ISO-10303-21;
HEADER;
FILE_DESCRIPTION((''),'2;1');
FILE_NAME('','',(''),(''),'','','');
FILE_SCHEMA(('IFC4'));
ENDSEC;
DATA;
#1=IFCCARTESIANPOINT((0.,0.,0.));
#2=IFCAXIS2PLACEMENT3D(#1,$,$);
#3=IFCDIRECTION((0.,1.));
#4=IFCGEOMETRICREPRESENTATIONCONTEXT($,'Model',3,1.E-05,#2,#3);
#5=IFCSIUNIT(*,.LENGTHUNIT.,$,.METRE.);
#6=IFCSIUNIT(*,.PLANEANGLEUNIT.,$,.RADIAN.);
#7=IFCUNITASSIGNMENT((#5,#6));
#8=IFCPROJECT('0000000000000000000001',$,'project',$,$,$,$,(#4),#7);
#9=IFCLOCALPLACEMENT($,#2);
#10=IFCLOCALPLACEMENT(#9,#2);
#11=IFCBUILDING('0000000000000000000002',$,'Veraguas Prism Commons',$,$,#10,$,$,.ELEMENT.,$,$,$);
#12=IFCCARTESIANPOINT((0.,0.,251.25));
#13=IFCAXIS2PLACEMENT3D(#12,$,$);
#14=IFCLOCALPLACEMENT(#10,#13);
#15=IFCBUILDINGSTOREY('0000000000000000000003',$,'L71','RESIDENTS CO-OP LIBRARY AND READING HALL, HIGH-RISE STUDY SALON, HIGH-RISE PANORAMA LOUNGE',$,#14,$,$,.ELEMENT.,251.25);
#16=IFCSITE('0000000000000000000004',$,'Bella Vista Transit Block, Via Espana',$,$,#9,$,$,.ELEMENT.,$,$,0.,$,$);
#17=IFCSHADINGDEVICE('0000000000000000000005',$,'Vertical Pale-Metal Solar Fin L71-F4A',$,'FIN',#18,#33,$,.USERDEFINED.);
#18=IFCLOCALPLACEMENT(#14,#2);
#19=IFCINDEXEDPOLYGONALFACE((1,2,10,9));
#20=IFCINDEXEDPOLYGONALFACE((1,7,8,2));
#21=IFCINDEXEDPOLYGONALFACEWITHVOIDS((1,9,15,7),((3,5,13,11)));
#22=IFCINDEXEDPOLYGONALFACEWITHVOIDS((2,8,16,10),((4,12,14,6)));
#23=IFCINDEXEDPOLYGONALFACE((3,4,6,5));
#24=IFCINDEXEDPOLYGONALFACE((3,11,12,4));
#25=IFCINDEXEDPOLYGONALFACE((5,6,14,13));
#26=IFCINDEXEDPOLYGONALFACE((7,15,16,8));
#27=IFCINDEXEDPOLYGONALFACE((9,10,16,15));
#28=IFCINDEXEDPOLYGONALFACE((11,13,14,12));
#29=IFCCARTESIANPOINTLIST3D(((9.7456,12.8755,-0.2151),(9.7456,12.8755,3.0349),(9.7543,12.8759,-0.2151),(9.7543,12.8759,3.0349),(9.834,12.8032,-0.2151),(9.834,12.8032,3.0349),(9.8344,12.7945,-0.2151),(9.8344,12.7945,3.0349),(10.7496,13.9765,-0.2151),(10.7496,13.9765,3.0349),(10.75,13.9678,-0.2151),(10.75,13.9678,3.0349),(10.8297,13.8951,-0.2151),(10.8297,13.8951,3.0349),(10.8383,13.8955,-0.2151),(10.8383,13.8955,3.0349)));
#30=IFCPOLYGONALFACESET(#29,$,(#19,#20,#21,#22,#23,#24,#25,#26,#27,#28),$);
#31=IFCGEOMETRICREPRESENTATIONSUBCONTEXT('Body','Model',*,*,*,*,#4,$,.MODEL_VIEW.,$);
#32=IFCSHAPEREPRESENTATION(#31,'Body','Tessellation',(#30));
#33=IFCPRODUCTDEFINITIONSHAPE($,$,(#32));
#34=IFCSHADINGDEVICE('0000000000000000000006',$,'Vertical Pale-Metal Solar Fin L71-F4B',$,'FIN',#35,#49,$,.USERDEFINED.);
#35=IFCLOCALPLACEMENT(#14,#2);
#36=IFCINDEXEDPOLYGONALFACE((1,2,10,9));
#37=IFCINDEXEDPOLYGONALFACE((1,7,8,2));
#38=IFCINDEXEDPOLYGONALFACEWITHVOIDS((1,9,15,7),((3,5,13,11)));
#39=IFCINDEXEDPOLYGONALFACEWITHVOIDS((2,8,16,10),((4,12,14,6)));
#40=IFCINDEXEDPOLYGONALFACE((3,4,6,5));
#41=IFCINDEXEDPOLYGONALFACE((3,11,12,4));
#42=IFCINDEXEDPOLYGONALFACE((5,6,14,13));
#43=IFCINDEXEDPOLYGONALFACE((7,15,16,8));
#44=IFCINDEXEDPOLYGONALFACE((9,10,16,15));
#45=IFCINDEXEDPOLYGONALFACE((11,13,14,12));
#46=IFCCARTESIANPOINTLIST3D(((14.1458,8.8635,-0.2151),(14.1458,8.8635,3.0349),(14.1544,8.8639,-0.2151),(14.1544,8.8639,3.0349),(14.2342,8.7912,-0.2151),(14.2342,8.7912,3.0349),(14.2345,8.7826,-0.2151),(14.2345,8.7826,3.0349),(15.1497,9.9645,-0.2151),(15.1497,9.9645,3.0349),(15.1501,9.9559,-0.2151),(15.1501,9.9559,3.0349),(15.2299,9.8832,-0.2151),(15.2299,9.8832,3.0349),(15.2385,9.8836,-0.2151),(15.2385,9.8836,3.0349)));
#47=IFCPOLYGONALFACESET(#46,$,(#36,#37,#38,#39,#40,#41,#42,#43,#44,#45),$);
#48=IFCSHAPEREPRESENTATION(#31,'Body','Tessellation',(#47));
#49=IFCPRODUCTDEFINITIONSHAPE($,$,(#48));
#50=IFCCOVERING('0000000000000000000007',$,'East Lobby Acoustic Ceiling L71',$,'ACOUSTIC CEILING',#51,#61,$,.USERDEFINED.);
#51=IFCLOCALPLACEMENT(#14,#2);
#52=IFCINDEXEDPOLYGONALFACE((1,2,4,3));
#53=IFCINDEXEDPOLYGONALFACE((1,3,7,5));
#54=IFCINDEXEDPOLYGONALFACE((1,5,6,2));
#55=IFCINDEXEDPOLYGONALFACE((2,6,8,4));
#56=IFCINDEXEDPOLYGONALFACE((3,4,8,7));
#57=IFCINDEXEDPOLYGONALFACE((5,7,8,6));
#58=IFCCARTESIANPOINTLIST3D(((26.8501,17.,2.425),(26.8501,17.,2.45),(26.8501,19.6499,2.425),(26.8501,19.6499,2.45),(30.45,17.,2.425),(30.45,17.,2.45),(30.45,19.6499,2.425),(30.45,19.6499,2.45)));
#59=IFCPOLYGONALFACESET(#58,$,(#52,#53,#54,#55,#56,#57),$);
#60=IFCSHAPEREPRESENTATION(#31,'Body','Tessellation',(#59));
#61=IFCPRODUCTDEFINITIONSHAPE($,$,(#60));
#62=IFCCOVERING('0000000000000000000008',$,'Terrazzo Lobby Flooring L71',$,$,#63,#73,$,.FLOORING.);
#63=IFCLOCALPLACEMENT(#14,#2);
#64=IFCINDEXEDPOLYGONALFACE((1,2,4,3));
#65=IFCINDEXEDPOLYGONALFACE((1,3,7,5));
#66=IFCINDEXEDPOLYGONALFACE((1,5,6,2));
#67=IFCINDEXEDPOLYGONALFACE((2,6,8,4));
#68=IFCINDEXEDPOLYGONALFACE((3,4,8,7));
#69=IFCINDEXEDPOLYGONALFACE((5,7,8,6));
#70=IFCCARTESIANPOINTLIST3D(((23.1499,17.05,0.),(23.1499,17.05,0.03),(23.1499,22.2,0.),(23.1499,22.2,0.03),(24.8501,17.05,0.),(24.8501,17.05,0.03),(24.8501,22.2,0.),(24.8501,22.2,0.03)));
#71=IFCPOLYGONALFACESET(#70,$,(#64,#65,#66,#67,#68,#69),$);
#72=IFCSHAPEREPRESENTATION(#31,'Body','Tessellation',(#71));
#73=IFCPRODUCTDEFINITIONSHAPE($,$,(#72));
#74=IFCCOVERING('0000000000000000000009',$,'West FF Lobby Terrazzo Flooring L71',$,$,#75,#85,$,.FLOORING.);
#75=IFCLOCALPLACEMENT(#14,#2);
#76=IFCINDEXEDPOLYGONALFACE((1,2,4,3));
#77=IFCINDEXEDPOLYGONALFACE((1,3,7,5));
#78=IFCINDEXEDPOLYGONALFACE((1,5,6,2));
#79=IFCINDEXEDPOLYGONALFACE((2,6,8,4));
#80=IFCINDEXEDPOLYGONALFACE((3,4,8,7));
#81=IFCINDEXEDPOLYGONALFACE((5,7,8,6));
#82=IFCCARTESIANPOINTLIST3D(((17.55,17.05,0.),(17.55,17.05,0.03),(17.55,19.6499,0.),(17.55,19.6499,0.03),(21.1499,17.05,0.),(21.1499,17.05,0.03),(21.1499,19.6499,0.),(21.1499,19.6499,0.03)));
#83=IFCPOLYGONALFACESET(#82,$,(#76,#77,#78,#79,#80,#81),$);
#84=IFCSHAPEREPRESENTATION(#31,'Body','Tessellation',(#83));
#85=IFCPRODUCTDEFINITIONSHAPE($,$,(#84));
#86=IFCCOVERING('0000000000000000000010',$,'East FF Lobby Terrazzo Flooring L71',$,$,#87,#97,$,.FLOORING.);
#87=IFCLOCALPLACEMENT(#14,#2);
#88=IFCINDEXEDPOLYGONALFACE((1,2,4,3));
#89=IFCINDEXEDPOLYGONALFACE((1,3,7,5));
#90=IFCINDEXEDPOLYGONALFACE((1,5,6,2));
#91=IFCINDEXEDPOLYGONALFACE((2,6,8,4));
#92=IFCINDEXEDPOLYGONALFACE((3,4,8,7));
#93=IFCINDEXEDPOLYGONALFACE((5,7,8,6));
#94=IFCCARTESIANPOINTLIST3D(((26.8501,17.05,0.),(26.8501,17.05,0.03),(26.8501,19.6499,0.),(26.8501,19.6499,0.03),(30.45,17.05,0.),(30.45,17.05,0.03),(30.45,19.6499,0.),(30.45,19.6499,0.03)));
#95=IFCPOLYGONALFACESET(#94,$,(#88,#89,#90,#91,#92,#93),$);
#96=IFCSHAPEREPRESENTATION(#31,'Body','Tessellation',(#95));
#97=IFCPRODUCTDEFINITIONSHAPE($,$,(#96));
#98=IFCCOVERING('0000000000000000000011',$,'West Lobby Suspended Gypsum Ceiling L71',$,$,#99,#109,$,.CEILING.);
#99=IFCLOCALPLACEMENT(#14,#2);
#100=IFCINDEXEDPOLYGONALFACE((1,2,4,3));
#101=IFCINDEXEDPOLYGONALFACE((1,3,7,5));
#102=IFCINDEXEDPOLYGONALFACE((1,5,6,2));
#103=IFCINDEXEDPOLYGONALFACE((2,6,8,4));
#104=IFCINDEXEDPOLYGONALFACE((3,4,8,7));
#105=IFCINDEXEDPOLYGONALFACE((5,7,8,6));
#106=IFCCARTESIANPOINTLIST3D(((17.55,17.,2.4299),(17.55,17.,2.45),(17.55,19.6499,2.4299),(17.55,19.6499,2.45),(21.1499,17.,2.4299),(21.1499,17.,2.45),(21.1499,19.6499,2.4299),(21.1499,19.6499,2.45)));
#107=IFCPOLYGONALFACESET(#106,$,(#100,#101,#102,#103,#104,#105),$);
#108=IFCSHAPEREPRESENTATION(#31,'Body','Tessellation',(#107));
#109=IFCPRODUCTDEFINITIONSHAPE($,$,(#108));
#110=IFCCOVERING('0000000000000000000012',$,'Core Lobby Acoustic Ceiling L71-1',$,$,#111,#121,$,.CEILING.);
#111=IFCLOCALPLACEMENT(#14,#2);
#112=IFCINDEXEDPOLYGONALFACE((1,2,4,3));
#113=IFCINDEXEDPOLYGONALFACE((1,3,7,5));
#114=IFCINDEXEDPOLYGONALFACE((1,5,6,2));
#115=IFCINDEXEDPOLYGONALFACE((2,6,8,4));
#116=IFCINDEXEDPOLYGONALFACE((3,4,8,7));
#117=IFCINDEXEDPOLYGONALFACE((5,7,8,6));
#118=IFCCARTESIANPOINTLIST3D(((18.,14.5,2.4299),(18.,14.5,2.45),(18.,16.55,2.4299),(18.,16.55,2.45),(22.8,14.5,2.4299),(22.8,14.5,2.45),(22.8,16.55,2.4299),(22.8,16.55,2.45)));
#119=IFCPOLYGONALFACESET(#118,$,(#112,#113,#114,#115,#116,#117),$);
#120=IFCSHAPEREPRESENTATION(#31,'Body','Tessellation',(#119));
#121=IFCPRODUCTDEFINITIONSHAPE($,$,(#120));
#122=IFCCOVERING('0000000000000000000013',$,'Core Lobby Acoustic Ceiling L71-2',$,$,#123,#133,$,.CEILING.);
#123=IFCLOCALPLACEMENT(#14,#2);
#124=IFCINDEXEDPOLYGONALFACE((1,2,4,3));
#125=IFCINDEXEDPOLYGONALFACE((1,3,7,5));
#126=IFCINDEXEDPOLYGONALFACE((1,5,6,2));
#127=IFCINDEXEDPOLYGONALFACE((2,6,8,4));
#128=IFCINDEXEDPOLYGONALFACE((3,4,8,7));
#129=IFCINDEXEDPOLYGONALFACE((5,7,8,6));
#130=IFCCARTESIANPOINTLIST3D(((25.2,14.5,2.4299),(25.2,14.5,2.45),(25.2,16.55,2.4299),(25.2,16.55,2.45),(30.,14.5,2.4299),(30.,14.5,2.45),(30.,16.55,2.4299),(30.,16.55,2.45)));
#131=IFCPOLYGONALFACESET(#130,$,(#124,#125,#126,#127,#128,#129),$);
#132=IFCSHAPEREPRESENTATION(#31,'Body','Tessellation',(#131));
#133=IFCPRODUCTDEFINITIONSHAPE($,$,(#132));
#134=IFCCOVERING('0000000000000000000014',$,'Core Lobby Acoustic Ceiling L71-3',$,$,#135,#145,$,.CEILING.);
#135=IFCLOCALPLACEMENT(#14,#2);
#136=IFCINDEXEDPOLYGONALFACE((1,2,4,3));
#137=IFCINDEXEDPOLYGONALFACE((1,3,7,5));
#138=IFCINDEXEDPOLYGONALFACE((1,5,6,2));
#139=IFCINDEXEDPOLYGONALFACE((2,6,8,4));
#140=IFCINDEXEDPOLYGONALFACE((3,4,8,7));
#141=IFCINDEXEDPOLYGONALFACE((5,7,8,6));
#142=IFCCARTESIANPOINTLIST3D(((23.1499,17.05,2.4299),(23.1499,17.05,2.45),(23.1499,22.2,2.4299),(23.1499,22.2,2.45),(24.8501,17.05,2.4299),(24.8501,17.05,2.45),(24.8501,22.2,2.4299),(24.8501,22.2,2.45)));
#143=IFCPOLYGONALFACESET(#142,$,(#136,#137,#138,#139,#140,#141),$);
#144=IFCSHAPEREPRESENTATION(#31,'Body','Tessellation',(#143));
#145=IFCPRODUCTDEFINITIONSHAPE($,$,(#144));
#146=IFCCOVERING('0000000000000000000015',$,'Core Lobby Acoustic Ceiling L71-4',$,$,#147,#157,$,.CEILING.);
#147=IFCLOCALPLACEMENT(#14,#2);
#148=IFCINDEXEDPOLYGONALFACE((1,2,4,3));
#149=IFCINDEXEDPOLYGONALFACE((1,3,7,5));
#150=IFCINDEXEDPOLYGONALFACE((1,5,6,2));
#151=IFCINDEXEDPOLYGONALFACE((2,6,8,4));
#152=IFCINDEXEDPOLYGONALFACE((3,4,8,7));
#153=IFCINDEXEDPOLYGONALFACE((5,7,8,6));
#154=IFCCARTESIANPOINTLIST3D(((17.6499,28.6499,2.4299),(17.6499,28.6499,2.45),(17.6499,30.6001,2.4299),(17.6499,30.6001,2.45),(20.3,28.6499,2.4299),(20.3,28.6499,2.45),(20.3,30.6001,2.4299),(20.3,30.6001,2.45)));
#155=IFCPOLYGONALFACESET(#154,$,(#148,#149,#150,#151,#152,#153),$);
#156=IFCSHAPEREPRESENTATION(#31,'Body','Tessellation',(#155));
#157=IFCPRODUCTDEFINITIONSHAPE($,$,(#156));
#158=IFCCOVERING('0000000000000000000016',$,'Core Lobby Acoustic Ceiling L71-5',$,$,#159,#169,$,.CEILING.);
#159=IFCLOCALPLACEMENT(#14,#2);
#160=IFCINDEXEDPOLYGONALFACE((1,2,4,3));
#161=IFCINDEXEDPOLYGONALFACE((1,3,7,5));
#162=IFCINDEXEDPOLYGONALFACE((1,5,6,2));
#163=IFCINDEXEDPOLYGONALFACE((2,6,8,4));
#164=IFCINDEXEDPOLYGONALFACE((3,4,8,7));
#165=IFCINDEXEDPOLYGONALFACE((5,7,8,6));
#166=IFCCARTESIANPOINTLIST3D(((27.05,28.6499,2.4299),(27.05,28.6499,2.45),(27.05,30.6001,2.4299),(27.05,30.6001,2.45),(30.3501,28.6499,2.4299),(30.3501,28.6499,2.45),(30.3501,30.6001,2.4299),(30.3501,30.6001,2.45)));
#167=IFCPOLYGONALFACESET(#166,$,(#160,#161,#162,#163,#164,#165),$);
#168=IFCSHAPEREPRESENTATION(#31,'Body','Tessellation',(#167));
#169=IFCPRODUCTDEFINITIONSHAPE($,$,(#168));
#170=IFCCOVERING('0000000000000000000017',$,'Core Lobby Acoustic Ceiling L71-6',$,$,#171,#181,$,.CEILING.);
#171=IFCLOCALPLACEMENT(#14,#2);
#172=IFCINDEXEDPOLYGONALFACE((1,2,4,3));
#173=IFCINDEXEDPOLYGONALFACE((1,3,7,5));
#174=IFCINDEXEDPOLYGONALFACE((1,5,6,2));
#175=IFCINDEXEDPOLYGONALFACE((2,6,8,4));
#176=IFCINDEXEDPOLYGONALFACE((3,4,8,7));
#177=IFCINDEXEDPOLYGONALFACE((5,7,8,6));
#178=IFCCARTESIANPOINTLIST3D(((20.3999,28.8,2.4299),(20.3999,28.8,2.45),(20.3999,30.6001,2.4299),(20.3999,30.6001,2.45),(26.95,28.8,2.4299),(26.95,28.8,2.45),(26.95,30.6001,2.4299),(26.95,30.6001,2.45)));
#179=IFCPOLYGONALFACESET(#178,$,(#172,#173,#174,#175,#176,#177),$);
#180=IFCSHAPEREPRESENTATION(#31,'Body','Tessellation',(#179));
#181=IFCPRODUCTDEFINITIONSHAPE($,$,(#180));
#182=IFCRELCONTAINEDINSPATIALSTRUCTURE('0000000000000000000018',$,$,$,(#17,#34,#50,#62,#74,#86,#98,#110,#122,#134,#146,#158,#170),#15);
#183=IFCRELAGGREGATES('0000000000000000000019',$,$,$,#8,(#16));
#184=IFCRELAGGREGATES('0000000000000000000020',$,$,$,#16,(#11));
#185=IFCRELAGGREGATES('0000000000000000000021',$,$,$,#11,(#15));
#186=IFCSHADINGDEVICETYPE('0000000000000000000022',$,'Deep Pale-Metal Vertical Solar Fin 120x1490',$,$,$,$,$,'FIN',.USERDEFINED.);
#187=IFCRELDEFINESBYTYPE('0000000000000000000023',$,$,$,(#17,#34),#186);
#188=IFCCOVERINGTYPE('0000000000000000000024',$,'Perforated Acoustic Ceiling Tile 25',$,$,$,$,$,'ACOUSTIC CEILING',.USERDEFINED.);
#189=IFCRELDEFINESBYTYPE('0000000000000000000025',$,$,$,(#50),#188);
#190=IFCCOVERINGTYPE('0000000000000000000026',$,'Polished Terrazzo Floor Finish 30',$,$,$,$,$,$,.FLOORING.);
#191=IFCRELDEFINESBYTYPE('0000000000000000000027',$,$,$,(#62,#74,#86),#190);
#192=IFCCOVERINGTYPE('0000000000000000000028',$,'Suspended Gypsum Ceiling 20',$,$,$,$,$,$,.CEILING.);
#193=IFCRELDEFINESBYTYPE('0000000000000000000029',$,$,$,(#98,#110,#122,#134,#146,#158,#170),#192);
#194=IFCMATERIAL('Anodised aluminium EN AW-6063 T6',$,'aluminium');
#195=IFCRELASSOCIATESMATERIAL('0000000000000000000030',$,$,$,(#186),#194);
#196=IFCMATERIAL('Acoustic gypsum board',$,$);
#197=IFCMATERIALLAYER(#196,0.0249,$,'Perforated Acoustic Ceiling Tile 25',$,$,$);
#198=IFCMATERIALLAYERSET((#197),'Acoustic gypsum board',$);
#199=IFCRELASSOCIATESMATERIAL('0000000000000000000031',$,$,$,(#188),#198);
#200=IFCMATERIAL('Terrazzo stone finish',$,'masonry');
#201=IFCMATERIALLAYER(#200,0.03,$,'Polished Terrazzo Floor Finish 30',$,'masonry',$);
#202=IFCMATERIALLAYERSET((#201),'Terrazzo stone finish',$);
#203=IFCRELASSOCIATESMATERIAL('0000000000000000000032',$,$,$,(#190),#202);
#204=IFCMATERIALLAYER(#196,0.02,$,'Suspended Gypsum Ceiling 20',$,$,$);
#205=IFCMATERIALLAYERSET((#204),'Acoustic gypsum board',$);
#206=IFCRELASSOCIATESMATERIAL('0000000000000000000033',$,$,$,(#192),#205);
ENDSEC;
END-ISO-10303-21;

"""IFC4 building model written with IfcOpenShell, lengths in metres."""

from ifc_helpers import new_model, si_unit, direction, frame, origin, origin_2d, place, context, subcontext, project, spatial, polyline, hollow_rectangle, outline, extrude, material, layer, layer_set, material_profile, profile_set, type_object, element, save


model = new_model("IFC4")

# Units and contexts
model_context = context("Model", 3, precision=1e-05, world=origin(), true_north=direction((0.0, 1.0)))
body_context = subcontext(model_context, "Body", "Model", "MODEL_VIEW")
ifc_project = project(units=[si_unit("LENGTHUNIT", "METRE"), si_unit("PLANEANGLEUNIT", "RADIAN")], contexts=[model_context])

# Site, building, storey
site_placement = place(None, origin())
site = spatial("IfcSite", under=ifc_project, at=site_placement, Name="Bella Vista Transit Block, Via Espana", CompositionType="ELEMENT", RefElevation=0.0)
building_placement = place(site_placement, origin())
building = spatial("IfcBuilding", under=site, at=building_placement, Name="Veraguas Prism Commons", CompositionType="ELEMENT")
storey_placement = place(building_placement, frame((0.0, 0.0, 251.25)))
storey = spatial("IfcBuildingStorey", under=building, at=storey_placement, Name="L71", Description="RESIDENTS CO-OP LIBRARY AND READING HALL, HIGH-RISE STUDY SALON, HIGH-RISE PANORAMA LOUNGE", CompositionType="ELEMENT", Elevation=251.25)

# Shared definitions
ifc_material_1 = material(Name="Anodised aluminium EN AW-6063 T6", Category="aluminium")

# Shading devices
ifc_material_profile_1 = material_profile(ifc_material_1, hollow_rectangle(XDim=0.1201, YDim=1.49, WallThickness=0.0061, at=origin_2d()), Name="FIN120X1490X6")
ifc_profile_set_1 = profile_set([ifc_material_profile_1], Name="Anodised aluminium EN AW-6063 T6")
shading_device_type = type_object("IfcShadingDeviceType", Name="Deep Pale-Metal Vertical Solar Fin 120x1490", ElementType="FIN", PredefinedType="USERDEFINED", material=ifc_profile_set_1)
for number, where, z_axis, x_axis, name in (
    (1, (10.292, 13.3855, -0.2151), (0.0, 0.0, 1.0), (0.738926, -0.673787, 0.0), "Vertical Pale-Metal Solar Fin L71-F4A"),
    (2, (14.6921, 9.3735, -0.2151), (0.0, 0.0, 1.0), (0.738926, -0.673787, 0.0), "Vertical Pale-Metal Solar Fin L71-F4B"),
):
    element("IfcShadingDevice", number, at=place(storey_placement, frame(where, z_axis=z_axis, x_axis=x_axis)), inside=storey, type_object=shading_device_type, Name=name, ObjectType="FIN", PredefinedType="USERDEFINED", context=body_context, shape_type="SweptSolid", body=[
        extrude(hollow_rectangle(XDim=0.1201, YDim=1.49, WallThickness=0.0061, at=origin_2d()), origin(), (0.0, 0.0, 1.0), 3.25),
    ])

# Coverings
ifc_material_2 = material(Name="Acoustic gypsum board")
ifc_layer_1 = layer(ifc_material_2, 0.0249, Name="Perforated Acoustic Ceiling Tile 25")
ifc_layer_set_1 = layer_set([ifc_layer_1], Name="Acoustic gypsum board")
covering_type_1 = type_object("IfcCoveringType", Name="Perforated Acoustic Ceiling Tile 25", ElementType="ACOUSTIC CEILING", PredefinedType="USERDEFINED", material=ifc_layer_set_1)
covering_1_placement = place(storey_placement, frame((0.0, 0.0, 2.425)))
element("IfcCovering", 3, at=covering_1_placement, inside=storey, type_object=covering_type_1, Name="East Lobby Acoustic Ceiling L71", ObjectType="ACOUSTIC CEILING", PredefinedType="USERDEFINED", context=body_context, shape_type="SweptSolid", body=[
    extrude(outline(polyline([(26.8501, 17.0), (30.45, 17.0), (30.45, 19.6499), (26.8501, 19.6499), (26.8501, 17.0)])), origin(), (0.0, 0.0, 1.0), 0.0249),
])
ifc_material_3 = material(Name="Terrazzo stone finish", Category="masonry")
ifc_layer_2 = layer(ifc_material_3, 0.03, Name="Polished Terrazzo Floor Finish 30", Category="masonry")
ifc_layer_set_2 = layer_set([ifc_layer_2], Name="Terrazzo stone finish")
covering_type_2 = type_object("IfcCoveringType", Name="Polished Terrazzo Floor Finish 30", PredefinedType="FLOORING", material=ifc_layer_set_2)
covering_2_placement = place(storey_placement, origin())
element("IfcCovering", 4, at=covering_2_placement, inside=storey, type_object=covering_type_2, Name="Terrazzo Lobby Flooring L71", PredefinedType="FLOORING", context=body_context, shape_type="SweptSolid", body=[
    extrude(outline(polyline([(23.1499, 17.05), (24.8501, 17.05), (24.8501, 22.2), (23.1499, 22.2), (23.1499, 17.05)])), origin(), (0.0, 0.0, 1.0), 0.03),
])
covering_3_placement = place(storey_placement, origin())
element("IfcCovering", 5, at=covering_3_placement, inside=storey, type_object=covering_type_2, Name="West FF Lobby Terrazzo Flooring L71", PredefinedType="FLOORING", context=body_context, shape_type="SweptSolid", body=[
    extrude(outline(polyline([(17.55, 17.05), (21.1499, 17.05), (21.1499, 19.6499), (17.55, 19.6499), (17.55, 17.05)])), origin(), (0.0, 0.0, 1.0), 0.03),
])
covering_4_placement = place(storey_placement, origin())
element("IfcCovering", 6, at=covering_4_placement, inside=storey, type_object=covering_type_2, Name="East FF Lobby Terrazzo Flooring L71", PredefinedType="FLOORING", context=body_context, shape_type="SweptSolid", body=[
    extrude(outline(polyline([(26.8501, 17.05), (30.45, 17.05), (30.45, 19.6499), (26.8501, 19.6499), (26.8501, 17.05)])), origin(), (0.0, 0.0, 1.0), 0.03),
])
ifc_layer_3 = layer(ifc_material_2, 0.02, Name="Suspended Gypsum Ceiling 20")
ifc_layer_set_3 = layer_set([ifc_layer_3], Name="Acoustic gypsum board")
covering_type_3 = type_object("IfcCoveringType", Name="Suspended Gypsum Ceiling 20", PredefinedType="CEILING", material=ifc_layer_set_3)
covering_5_placement = place(storey_placement, frame((0.0, 0.0, 2.4299)))
element("IfcCovering", 7, at=covering_5_placement, inside=storey, type_object=covering_type_3, Name="West Lobby Suspended Gypsum Ceiling L71", PredefinedType="CEILING", context=body_context, shape_type="SweptSolid", body=[
    extrude(outline(polyline([(17.55, 17.0), (21.1499, 17.0), (21.1499, 19.6499), (17.55, 19.6499), (17.55, 17.0)])), origin(), (0.0, 0.0, 1.0), 0.02),
])
covering_6_placement = place(storey_placement, frame((0.0, 0.0, 2.4299)))
element("IfcCovering", 8, at=covering_6_placement, inside=storey, type_object=covering_type_3, Name="Core Lobby Acoustic Ceiling L71-1", PredefinedType="CEILING", context=body_context, shape_type="SweptSolid", body=[
    extrude(outline(polyline([(18.0, 14.5), (22.8, 14.5), (22.8, 16.55), (18.0, 16.55), (18.0, 14.5)])), origin(), (0.0, 0.0, 1.0), 0.02),
])
covering_7_placement = place(storey_placement, frame((0.0, 0.0, 2.4299)))
element("IfcCovering", 9, at=covering_7_placement, inside=storey, type_object=covering_type_3, Name="Core Lobby Acoustic Ceiling L71-2", PredefinedType="CEILING", context=body_context, shape_type="SweptSolid", body=[
    extrude(outline(polyline([(25.2, 14.5), (30.0, 14.5), (30.0, 16.55), (25.2, 16.55), (25.2, 14.5)])), origin(), (0.0, 0.0, 1.0), 0.02),
])
covering_8_placement = place(storey_placement, frame((0.0, 0.0, 2.4299)))
element("IfcCovering", 10, at=covering_8_placement, inside=storey, type_object=covering_type_3, Name="Core Lobby Acoustic Ceiling L71-3", PredefinedType="CEILING", context=body_context, shape_type="SweptSolid", body=[
    extrude(outline(polyline([(23.1499, 17.05), (24.8501, 17.05), (24.8501, 22.2), (23.1499, 22.2), (23.1499, 17.05)])), origin(), (0.0, 0.0, 1.0), 0.02),
])
covering_9_placement = place(storey_placement, frame((0.0, 0.0, 2.4299)))
element("IfcCovering", 11, at=covering_9_placement, inside=storey, type_object=covering_type_3, Name="Core Lobby Acoustic Ceiling L71-4", PredefinedType="CEILING", context=body_context, shape_type="SweptSolid", body=[
    extrude(outline(polyline([(17.6499, 28.6499), (20.3, 28.6499), (20.3, 30.6001), (17.6499, 30.6001), (17.6499, 28.6499)])), origin(), (0.0, 0.0, 1.0), 0.02),
])
covering_10_placement = place(storey_placement, frame((0.0, 0.0, 2.4299)))
element("IfcCovering", 12, at=covering_10_placement, inside=storey, type_object=covering_type_3, Name="Core Lobby Acoustic Ceiling L71-5", PredefinedType="CEILING", context=body_context, shape_type="SweptSolid", body=[
    extrude(outline(polyline([(27.05, 28.6499), (30.3501, 28.6499), (30.3501, 30.6001), (27.05, 30.6001), (27.05, 28.6499)])), origin(), (0.0, 0.0, 1.0), 0.02),
])
covering_11_placement = place(storey_placement, frame((0.0, 0.0, 2.4299)))
element("IfcCovering", 13, at=covering_11_placement, inside=storey, type_object=covering_type_3, Name="Core Lobby Acoustic Ceiling L71-6", PredefinedType="CEILING", context=body_context, shape_type="SweptSolid", body=[
    extrude(outline(polyline([(20.3999, 28.8), (26.95, 28.8), (26.95, 30.6001), (20.3999, 30.6001), (20.3999, 28.8)])), origin(), (0.0, 0.0, 1.0), 0.02),
])

save(model, "model.ifc")
